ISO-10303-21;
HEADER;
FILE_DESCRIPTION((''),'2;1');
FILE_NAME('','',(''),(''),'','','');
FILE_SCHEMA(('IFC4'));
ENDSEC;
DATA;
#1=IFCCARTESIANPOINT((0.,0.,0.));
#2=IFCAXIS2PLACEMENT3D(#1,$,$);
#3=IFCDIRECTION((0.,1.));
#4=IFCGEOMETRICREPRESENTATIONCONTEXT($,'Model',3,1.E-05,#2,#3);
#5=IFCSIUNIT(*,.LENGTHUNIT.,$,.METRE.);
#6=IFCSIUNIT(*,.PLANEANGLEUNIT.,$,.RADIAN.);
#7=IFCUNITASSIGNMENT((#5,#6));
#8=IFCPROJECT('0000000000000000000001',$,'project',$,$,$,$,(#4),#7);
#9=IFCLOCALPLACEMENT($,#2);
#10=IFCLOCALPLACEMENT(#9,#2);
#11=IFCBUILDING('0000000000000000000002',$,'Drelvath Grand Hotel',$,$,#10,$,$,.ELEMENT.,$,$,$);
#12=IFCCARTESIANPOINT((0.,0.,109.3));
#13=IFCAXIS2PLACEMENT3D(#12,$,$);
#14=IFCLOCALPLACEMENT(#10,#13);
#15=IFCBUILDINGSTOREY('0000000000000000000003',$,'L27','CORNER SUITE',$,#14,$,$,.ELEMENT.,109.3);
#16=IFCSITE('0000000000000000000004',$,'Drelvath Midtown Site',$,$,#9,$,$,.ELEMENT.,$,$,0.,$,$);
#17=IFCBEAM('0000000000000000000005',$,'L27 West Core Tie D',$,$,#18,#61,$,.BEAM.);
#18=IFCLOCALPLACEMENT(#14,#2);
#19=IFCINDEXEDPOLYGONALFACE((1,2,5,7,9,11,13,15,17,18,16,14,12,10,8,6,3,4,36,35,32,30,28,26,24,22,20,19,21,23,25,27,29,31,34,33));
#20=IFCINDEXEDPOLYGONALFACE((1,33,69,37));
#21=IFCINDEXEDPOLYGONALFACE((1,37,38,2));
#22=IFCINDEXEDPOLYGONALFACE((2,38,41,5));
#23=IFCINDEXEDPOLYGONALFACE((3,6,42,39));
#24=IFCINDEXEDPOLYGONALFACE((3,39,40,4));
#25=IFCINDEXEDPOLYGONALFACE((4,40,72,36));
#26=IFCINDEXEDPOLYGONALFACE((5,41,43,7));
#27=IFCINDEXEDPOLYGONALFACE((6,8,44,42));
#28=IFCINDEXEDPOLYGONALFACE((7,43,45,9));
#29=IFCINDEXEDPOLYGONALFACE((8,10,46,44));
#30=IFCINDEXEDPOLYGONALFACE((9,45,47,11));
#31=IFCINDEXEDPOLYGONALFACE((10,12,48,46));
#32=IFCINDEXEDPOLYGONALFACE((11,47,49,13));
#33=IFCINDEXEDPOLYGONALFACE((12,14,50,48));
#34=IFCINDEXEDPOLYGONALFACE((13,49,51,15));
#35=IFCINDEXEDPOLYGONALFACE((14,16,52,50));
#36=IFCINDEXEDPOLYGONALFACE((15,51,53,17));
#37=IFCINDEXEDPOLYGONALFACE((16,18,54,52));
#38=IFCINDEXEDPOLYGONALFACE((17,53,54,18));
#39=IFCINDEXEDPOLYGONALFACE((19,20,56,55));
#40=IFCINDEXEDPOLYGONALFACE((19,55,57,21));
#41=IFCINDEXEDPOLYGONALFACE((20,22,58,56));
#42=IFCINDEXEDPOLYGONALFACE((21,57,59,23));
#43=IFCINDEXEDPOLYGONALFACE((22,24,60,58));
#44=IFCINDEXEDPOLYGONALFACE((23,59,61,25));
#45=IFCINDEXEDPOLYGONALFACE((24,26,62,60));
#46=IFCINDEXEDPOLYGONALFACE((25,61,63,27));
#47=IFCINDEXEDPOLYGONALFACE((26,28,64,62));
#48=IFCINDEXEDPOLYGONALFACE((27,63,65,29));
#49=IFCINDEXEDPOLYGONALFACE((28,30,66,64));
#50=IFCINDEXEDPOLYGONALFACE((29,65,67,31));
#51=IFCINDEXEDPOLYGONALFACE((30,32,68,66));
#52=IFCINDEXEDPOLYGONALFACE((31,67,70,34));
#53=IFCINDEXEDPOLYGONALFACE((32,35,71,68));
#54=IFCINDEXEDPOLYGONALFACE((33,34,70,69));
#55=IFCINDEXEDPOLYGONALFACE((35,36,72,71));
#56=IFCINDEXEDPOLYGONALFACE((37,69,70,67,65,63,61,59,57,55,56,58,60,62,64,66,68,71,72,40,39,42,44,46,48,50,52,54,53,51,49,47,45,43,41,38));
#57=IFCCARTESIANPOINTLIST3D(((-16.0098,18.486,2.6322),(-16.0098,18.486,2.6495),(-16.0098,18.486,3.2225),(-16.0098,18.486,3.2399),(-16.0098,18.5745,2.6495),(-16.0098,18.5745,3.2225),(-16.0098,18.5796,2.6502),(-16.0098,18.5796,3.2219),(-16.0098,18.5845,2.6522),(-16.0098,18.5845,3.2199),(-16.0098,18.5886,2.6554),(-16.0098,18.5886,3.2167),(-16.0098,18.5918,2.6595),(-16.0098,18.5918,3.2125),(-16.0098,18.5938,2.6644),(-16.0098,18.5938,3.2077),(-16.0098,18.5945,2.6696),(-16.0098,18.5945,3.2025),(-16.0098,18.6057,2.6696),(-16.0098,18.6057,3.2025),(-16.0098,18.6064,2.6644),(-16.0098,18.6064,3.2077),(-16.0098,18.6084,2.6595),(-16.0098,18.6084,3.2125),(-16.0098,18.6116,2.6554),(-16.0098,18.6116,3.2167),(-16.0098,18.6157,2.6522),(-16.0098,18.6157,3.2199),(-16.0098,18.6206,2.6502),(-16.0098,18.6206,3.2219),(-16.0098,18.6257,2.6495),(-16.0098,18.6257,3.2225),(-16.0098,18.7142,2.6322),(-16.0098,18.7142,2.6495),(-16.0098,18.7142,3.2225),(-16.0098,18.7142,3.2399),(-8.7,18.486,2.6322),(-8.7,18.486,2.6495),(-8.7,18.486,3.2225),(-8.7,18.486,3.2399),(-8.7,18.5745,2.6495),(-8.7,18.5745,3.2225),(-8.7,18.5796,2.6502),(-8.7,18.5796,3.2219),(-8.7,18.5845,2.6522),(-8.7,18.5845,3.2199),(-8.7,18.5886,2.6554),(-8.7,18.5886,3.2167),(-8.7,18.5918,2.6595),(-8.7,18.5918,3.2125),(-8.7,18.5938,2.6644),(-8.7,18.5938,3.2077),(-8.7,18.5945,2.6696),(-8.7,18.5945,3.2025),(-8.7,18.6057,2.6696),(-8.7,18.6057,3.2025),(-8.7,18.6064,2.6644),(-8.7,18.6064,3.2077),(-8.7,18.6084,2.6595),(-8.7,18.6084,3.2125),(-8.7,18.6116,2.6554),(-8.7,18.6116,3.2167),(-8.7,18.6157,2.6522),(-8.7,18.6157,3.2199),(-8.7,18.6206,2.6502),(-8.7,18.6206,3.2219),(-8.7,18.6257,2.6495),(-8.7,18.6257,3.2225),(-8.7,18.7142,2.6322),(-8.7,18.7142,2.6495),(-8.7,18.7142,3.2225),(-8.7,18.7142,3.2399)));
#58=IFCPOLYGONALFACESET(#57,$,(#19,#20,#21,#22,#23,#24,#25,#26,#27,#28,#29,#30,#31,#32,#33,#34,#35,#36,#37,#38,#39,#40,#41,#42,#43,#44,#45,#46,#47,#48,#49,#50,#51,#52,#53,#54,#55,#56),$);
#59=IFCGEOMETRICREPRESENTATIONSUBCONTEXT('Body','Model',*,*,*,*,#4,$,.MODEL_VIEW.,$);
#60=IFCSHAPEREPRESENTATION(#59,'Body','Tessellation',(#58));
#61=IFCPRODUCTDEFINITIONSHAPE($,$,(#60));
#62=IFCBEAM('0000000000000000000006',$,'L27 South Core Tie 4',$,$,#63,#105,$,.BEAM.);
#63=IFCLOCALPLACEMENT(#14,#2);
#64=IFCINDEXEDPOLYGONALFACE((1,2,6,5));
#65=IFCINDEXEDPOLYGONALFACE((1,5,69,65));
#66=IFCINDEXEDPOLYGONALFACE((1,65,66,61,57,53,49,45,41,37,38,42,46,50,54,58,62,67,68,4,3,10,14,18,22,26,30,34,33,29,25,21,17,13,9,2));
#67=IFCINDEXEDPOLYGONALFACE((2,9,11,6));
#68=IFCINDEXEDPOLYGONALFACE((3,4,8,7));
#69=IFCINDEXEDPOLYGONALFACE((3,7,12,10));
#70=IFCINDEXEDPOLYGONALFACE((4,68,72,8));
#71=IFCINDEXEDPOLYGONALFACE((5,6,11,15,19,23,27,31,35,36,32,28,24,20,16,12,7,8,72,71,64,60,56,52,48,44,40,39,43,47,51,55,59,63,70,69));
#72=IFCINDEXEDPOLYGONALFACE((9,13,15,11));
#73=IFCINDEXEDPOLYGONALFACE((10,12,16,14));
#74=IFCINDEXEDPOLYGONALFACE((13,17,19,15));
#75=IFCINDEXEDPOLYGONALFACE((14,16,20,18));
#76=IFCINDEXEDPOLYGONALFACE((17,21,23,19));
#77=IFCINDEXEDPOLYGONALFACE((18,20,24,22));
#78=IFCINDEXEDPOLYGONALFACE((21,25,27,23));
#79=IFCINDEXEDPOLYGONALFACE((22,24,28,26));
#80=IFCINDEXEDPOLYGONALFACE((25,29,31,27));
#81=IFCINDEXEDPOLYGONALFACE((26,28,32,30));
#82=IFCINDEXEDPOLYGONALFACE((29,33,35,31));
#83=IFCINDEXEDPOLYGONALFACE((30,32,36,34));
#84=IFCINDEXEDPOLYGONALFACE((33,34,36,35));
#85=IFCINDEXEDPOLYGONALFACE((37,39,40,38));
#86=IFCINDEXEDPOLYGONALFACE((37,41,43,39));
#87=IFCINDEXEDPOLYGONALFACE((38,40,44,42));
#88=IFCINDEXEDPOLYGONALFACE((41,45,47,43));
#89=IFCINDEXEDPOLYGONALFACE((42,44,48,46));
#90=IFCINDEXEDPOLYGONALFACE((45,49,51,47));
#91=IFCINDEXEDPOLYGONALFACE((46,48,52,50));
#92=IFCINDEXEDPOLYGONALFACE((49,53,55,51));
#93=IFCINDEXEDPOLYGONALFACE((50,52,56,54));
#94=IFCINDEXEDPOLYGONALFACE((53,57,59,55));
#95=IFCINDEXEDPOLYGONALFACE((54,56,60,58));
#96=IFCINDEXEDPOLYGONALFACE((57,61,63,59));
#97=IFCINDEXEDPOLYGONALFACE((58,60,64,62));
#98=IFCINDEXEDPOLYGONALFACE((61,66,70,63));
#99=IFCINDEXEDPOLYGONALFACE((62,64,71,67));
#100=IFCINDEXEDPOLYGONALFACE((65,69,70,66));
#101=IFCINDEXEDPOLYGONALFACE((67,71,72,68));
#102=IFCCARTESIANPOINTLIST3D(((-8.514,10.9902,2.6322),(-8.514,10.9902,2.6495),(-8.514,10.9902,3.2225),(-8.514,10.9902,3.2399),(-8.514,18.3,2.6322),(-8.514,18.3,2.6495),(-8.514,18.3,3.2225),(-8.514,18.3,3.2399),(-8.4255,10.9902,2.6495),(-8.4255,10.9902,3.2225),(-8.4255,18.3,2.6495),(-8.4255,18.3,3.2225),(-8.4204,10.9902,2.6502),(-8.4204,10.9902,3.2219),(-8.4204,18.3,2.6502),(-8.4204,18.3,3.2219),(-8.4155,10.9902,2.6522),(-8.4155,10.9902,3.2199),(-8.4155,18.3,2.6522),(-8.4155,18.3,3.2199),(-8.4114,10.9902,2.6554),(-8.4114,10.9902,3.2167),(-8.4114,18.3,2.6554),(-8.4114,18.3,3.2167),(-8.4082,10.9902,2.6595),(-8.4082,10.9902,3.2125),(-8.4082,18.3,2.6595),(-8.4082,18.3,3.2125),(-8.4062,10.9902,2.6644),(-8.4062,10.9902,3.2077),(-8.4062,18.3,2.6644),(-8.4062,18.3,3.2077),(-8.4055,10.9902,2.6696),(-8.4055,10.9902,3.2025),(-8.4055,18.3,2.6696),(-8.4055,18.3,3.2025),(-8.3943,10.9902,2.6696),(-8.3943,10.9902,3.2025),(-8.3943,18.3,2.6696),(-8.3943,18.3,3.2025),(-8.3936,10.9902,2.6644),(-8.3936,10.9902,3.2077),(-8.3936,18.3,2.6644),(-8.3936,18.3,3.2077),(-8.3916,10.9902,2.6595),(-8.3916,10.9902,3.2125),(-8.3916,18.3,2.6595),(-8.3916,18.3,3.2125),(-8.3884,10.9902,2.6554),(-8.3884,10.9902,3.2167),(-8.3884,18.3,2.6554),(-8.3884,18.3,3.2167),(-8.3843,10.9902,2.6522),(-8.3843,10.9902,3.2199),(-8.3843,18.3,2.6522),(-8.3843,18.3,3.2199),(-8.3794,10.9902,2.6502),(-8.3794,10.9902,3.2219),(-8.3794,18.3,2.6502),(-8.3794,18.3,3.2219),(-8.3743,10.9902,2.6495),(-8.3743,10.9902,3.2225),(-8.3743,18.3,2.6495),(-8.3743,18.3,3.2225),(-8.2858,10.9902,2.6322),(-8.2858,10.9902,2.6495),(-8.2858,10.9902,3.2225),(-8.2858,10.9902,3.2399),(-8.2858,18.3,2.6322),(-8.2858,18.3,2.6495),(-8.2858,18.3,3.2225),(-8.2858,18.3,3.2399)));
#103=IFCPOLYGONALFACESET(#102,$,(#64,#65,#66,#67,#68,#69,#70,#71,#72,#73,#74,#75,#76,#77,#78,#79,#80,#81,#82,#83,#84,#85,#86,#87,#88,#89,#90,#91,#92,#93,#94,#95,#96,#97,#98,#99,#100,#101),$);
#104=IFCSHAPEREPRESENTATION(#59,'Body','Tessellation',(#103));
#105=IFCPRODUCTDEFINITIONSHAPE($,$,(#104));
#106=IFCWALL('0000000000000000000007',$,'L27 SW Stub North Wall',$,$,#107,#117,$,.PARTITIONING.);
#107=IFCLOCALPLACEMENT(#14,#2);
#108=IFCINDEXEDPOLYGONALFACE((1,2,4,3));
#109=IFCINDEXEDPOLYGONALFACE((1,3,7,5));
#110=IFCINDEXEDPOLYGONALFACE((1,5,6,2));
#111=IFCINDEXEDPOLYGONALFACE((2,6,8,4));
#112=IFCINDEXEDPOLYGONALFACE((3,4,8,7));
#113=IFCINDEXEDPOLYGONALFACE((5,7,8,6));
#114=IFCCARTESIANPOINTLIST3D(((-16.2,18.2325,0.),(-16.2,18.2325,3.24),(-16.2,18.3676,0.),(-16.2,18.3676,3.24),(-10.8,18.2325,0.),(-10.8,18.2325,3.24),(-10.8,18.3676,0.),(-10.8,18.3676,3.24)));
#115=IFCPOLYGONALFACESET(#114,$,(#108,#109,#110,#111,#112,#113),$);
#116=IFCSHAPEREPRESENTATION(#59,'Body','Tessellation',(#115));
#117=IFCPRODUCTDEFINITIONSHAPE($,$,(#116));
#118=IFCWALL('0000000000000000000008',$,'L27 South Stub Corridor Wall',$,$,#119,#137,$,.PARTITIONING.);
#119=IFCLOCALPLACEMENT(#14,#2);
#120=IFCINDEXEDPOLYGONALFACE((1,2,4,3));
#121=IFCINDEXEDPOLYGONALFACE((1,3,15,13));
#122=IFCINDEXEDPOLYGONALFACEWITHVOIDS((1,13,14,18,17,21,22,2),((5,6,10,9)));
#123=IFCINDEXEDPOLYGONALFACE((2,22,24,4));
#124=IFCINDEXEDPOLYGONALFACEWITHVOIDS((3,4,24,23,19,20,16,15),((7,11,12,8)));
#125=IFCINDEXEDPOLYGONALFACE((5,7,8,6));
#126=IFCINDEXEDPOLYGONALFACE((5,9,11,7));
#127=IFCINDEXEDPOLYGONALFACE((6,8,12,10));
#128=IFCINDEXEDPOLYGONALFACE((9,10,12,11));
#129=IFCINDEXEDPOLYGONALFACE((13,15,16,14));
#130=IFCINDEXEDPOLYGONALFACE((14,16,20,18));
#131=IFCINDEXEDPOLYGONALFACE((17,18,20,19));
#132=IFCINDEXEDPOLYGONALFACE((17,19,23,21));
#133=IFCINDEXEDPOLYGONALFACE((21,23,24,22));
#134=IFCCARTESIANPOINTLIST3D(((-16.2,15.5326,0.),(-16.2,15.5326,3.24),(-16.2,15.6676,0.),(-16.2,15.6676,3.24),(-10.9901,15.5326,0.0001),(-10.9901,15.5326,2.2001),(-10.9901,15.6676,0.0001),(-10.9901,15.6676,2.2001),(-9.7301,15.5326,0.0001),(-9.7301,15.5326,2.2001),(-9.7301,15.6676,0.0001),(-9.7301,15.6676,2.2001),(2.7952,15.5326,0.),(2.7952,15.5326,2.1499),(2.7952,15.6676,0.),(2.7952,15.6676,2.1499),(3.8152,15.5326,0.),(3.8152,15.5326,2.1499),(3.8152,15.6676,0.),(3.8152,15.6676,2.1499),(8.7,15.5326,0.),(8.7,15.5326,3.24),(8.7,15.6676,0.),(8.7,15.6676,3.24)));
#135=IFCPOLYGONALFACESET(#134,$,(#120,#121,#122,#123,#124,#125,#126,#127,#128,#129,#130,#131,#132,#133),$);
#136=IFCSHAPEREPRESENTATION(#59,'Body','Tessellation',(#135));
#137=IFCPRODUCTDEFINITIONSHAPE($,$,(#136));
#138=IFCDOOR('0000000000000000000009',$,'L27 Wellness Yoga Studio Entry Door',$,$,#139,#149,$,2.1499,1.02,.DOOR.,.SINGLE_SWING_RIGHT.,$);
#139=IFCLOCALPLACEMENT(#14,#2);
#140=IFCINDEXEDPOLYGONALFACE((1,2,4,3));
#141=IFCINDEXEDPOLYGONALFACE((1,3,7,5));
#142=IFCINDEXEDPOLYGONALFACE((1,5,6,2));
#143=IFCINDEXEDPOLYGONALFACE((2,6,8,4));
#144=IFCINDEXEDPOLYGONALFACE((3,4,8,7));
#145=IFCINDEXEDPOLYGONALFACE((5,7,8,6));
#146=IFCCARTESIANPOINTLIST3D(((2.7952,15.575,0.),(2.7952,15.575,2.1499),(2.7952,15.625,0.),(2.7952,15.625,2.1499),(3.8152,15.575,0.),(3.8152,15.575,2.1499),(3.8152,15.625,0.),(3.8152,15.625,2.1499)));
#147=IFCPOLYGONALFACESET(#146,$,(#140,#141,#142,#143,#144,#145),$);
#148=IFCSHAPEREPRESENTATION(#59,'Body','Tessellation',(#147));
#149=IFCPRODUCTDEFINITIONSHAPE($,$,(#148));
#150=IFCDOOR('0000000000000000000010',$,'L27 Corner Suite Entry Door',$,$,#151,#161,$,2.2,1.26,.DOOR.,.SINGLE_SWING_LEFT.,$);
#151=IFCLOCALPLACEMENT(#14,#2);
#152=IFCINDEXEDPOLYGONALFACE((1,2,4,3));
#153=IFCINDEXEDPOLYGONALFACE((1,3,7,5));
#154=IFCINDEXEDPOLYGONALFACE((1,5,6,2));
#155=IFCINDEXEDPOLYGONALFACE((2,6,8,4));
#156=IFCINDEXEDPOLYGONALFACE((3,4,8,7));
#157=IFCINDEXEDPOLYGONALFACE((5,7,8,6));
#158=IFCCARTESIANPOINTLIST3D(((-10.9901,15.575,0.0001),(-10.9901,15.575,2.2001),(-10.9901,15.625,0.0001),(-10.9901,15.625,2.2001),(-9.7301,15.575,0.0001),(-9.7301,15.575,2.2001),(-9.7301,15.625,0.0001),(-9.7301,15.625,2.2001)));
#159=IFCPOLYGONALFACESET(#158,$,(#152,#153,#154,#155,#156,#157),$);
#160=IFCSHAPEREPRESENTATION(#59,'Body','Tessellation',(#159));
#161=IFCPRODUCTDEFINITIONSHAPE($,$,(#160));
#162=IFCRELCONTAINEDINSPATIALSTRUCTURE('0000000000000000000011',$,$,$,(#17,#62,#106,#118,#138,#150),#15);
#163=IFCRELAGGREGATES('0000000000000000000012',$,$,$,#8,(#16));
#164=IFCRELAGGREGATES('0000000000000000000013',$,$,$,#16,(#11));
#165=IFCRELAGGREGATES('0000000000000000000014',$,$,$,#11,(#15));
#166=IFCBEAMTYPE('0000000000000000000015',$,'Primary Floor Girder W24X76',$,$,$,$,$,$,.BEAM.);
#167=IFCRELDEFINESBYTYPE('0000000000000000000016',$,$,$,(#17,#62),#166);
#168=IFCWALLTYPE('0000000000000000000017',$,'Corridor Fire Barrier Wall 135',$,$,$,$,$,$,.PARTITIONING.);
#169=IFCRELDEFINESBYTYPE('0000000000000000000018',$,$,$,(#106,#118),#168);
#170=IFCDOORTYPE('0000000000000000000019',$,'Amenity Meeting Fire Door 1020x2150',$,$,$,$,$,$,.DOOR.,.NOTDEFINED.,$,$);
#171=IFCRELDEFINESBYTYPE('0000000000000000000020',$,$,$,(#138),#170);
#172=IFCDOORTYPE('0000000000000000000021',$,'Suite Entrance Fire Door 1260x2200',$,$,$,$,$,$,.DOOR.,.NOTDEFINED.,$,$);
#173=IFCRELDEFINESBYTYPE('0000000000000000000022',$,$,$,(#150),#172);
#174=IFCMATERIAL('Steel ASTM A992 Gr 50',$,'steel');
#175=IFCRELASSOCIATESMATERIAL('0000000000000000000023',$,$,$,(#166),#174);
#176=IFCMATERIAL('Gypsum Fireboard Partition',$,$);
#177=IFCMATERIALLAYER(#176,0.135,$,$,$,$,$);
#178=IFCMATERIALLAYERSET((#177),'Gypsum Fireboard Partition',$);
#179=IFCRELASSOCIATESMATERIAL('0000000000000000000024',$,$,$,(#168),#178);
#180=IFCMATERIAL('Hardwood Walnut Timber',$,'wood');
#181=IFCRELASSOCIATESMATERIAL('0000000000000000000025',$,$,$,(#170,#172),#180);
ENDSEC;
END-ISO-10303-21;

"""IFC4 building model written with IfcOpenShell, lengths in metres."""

from ifc_helpers import new_model, si_unit, direction, frame, frame_2d, origin, origin_2d, place, context, subcontext, project, spatial, rectangle, i_section, extrude, material, layer, layer_set, material_profile, profile_set, type_object, element, fill, save


model = new_model("IFC4")

# Units and contexts
model_context = context("Model", 3, precision=1e-05, world=origin(), true_north=direction((0.0, 1.0)))
body_context = subcontext(model_context, "Body", "Model", "MODEL_VIEW")
ifc_project = project(units=[si_unit("LENGTHUNIT", "METRE"), si_unit("PLANEANGLEUNIT", "RADIAN")], contexts=[model_context])

# Site, building, storey
site_placement = place(None, origin())
site = spatial("IfcSite", under=ifc_project, at=site_placement, Name="Drelvath Midtown Site", CompositionType="ELEMENT", RefElevation=0.0)
building_placement = place(site_placement, origin())
building = spatial("IfcBuilding", under=site, at=building_placement, Name="Drelvath Grand Hotel", CompositionType="ELEMENT")
storey_placement = place(building_placement, frame((0.0, 0.0, 109.3)))
storey = spatial("IfcBuildingStorey", under=building, at=storey_placement, Name="L27", Description="CORNER SUITE", CompositionType="ELEMENT", Elevation=109.3)

# Beams
ifc_material_1 = material(Name="Steel ASTM A992 Gr 50", Category="steel")
ifc_material_profile = material_profile(ifc_material_1, i_section(OverallWidth=0.2283, OverallDepth=0.6077, WebThickness=0.0112, FlangeThickness=0.0173, FilletRadius=0.02, at=origin_2d()), Name="W24X76")
ifc_profile_set = profile_set([ifc_material_profile], Name="Steel ASTM A992 Gr 50")
beam_type = type_object("IfcBeamType", Name="Primary Floor Girder W24X76", PredefinedType="BEAM", material=ifc_profile_set)
for number, where, z_axis, x_axis, name in (
    (1, (-16.0098, 18.6001, 2.936), (1.0, 0.0, 0.0), (0.0, 1.0, 0.0), "L27 West Core Tie D"),
    (2, (-8.3999, 10.9902, 2.936), (0.0, 1.0, 0.0), (-1.0, 0.0, 0.0), "L27 South Core Tie 4"),
):
    element("IfcBeam", number, at=place(storey_placement, frame(where, z_axis=z_axis, x_axis=x_axis)), inside=storey, type_object=beam_type, Name=name, PredefinedType="BEAM", context=body_context, shape_type="SweptSolid", body=[
        extrude(i_section(OverallWidth=0.2283, OverallDepth=0.6077, WebThickness=0.0112, FlangeThickness=0.0173, FilletRadius=0.02, at=origin_2d()), origin(), (0.0, 0.0, 1.0), 7.3098),
    ])

# Wall
ifc_material_2 = material(Name="Gypsum Fireboard Partition")
ifc_layer_1 = layer(ifc_material_2, 0.135)
ifc_layer_set_1 = layer_set([ifc_layer_1], Name="Gypsum Fireboard Partition")
wall_type_1 = type_object("IfcWallType", Name="Corridor Fire Barrier Wall 135", PredefinedType="PARTITIONING", material=ifc_layer_set_1)
wall_1_placement = place(storey_placement, frame((-16.2, 18.3, 0.0), z_axis=(0.0, 0.0, 1.0), x_axis=(1.0, 0.0, 0.0)))
element("IfcWall", 3, at=wall_1_placement, inside=storey, type_object=wall_type_1, Name="L27 SW Stub North Wall", PredefinedType="PARTITIONING", context=body_context, shape_type="SweptSolid", body=[
    extrude(rectangle(XDim=5.3999, YDim=0.135, at=frame_2d((2.7, 0.0))), origin(), (0.0, 0.0, 1.0), 3.24),
])

# Wall, openings, doors
wall_2_placement = place(storey_placement, frame((-16.2, 15.6001, 0.0), z_axis=(0.0, 0.0, 1.0), x_axis=(1.0, 0.0, 0.0)))
wall_2 = element("IfcWall", 4, at=wall_2_placement, inside=storey, type_object=wall_type_1, Name="L27 South Stub Corridor Wall", PredefinedType="PARTITIONING", context=body_context, shape_type="SweptSolid", body=[
    extrude(rectangle(XDim=24.8999, YDim=0.135, at=frame_2d((12.45, 0.0))), origin(), (0.0, 0.0, 1.0), 3.24),
])
opening_1_placement = place(wall_2_placement, frame((5.21, 0.0, 0.0)))
opening_1 = element("IfcOpeningElement", 5, at=opening_1_placement, cuts=wall_2, PredefinedType="OPENING", context=body_context, shape_type="SweptSolid", body=[
    extrude(rectangle(XDim=1.26, YDim=2.2, at=frame_2d((0.6299, 1.1001))), frame((0.0, 0.0774, 0.0), z_axis=(0.0, -1.0, 0.0), x_axis=(1.0, 0.0, 0.0)), (0.0, 0.0, 1.0), 0.155),
])
opening_2_placement = place(wall_2_placement, frame((18.9951, 0.0, 0.0)))
opening_2 = element("IfcOpeningElement", 6, at=opening_2_placement, cuts=wall_2, PredefinedType="OPENING", context=body_context, shape_type="SweptSolid", body=[
    extrude(rectangle(XDim=1.02, YDim=2.1499, at=frame_2d((0.51, 1.075))), frame((0.0, 0.0774, 0.0), z_axis=(0.0, -1.0, 0.0), x_axis=(1.0, 0.0, 0.0)), (0.0, 0.0, 1.0), 0.155),
])
ifc_material_3 = material(Name="Hardwood Walnut Timber", Category="wood")
door_type_1 = type_object("IfcDoorType", Name="Amenity Meeting Fire Door 1020x2150", OperationType="NOTDEFINED", PredefinedType="DOOR", material=ifc_material_3)
door_1_placement = place(opening_2_placement, origin())
door_1 = element("IfcDoor", 7, at=door_1_placement, inside=storey, type_object=door_type_1, Name="L27 Wellness Yoga Studio Entry Door", OperationType="SINGLE_SWING_RIGHT", OverallHeight=2.1499, OverallWidth=1.02, PredefinedType="DOOR", context=body_context, shape_type="SweptSolid", body=[
    extrude(rectangle(XDim=1.02, YDim=2.1499, at=frame_2d((0.51, 1.075))), frame((0.0, 0.0249, 0.0), z_axis=(0.0, -1.0, 0.0), x_axis=(1.0, 0.0, 0.0)), (0.0, 0.0, 1.0), 0.05),
])
fill(opening_2, door_1)
door_type_2 = type_object("IfcDoorType", Name="Suite Entrance Fire Door 1260x2200", OperationType="NOTDEFINED", PredefinedType="DOOR", material=ifc_material_3)
door_2_placement = place(opening_1_placement, origin())
door_2 = element("IfcDoor", 8, at=door_2_placement, inside=storey, type_object=door_type_2, Name="L27 Corner Suite Entry Door", OperationType="SINGLE_SWING_LEFT", OverallHeight=2.2, OverallWidth=1.26, PredefinedType="DOOR", context=body_context, shape_type="SweptSolid", body=[
    extrude(rectangle(XDim=1.26, YDim=2.2, at=frame_2d((0.6299, 1.1001))), frame((0.0, 0.0249, 0.0), z_axis=(0.0, -1.0, 0.0), x_axis=(1.0, 0.0, 0.0)), (0.0, 0.0, 1.0), 0.05),
])
fill(opening_1, door_2)

save(model, "model.ifc")
